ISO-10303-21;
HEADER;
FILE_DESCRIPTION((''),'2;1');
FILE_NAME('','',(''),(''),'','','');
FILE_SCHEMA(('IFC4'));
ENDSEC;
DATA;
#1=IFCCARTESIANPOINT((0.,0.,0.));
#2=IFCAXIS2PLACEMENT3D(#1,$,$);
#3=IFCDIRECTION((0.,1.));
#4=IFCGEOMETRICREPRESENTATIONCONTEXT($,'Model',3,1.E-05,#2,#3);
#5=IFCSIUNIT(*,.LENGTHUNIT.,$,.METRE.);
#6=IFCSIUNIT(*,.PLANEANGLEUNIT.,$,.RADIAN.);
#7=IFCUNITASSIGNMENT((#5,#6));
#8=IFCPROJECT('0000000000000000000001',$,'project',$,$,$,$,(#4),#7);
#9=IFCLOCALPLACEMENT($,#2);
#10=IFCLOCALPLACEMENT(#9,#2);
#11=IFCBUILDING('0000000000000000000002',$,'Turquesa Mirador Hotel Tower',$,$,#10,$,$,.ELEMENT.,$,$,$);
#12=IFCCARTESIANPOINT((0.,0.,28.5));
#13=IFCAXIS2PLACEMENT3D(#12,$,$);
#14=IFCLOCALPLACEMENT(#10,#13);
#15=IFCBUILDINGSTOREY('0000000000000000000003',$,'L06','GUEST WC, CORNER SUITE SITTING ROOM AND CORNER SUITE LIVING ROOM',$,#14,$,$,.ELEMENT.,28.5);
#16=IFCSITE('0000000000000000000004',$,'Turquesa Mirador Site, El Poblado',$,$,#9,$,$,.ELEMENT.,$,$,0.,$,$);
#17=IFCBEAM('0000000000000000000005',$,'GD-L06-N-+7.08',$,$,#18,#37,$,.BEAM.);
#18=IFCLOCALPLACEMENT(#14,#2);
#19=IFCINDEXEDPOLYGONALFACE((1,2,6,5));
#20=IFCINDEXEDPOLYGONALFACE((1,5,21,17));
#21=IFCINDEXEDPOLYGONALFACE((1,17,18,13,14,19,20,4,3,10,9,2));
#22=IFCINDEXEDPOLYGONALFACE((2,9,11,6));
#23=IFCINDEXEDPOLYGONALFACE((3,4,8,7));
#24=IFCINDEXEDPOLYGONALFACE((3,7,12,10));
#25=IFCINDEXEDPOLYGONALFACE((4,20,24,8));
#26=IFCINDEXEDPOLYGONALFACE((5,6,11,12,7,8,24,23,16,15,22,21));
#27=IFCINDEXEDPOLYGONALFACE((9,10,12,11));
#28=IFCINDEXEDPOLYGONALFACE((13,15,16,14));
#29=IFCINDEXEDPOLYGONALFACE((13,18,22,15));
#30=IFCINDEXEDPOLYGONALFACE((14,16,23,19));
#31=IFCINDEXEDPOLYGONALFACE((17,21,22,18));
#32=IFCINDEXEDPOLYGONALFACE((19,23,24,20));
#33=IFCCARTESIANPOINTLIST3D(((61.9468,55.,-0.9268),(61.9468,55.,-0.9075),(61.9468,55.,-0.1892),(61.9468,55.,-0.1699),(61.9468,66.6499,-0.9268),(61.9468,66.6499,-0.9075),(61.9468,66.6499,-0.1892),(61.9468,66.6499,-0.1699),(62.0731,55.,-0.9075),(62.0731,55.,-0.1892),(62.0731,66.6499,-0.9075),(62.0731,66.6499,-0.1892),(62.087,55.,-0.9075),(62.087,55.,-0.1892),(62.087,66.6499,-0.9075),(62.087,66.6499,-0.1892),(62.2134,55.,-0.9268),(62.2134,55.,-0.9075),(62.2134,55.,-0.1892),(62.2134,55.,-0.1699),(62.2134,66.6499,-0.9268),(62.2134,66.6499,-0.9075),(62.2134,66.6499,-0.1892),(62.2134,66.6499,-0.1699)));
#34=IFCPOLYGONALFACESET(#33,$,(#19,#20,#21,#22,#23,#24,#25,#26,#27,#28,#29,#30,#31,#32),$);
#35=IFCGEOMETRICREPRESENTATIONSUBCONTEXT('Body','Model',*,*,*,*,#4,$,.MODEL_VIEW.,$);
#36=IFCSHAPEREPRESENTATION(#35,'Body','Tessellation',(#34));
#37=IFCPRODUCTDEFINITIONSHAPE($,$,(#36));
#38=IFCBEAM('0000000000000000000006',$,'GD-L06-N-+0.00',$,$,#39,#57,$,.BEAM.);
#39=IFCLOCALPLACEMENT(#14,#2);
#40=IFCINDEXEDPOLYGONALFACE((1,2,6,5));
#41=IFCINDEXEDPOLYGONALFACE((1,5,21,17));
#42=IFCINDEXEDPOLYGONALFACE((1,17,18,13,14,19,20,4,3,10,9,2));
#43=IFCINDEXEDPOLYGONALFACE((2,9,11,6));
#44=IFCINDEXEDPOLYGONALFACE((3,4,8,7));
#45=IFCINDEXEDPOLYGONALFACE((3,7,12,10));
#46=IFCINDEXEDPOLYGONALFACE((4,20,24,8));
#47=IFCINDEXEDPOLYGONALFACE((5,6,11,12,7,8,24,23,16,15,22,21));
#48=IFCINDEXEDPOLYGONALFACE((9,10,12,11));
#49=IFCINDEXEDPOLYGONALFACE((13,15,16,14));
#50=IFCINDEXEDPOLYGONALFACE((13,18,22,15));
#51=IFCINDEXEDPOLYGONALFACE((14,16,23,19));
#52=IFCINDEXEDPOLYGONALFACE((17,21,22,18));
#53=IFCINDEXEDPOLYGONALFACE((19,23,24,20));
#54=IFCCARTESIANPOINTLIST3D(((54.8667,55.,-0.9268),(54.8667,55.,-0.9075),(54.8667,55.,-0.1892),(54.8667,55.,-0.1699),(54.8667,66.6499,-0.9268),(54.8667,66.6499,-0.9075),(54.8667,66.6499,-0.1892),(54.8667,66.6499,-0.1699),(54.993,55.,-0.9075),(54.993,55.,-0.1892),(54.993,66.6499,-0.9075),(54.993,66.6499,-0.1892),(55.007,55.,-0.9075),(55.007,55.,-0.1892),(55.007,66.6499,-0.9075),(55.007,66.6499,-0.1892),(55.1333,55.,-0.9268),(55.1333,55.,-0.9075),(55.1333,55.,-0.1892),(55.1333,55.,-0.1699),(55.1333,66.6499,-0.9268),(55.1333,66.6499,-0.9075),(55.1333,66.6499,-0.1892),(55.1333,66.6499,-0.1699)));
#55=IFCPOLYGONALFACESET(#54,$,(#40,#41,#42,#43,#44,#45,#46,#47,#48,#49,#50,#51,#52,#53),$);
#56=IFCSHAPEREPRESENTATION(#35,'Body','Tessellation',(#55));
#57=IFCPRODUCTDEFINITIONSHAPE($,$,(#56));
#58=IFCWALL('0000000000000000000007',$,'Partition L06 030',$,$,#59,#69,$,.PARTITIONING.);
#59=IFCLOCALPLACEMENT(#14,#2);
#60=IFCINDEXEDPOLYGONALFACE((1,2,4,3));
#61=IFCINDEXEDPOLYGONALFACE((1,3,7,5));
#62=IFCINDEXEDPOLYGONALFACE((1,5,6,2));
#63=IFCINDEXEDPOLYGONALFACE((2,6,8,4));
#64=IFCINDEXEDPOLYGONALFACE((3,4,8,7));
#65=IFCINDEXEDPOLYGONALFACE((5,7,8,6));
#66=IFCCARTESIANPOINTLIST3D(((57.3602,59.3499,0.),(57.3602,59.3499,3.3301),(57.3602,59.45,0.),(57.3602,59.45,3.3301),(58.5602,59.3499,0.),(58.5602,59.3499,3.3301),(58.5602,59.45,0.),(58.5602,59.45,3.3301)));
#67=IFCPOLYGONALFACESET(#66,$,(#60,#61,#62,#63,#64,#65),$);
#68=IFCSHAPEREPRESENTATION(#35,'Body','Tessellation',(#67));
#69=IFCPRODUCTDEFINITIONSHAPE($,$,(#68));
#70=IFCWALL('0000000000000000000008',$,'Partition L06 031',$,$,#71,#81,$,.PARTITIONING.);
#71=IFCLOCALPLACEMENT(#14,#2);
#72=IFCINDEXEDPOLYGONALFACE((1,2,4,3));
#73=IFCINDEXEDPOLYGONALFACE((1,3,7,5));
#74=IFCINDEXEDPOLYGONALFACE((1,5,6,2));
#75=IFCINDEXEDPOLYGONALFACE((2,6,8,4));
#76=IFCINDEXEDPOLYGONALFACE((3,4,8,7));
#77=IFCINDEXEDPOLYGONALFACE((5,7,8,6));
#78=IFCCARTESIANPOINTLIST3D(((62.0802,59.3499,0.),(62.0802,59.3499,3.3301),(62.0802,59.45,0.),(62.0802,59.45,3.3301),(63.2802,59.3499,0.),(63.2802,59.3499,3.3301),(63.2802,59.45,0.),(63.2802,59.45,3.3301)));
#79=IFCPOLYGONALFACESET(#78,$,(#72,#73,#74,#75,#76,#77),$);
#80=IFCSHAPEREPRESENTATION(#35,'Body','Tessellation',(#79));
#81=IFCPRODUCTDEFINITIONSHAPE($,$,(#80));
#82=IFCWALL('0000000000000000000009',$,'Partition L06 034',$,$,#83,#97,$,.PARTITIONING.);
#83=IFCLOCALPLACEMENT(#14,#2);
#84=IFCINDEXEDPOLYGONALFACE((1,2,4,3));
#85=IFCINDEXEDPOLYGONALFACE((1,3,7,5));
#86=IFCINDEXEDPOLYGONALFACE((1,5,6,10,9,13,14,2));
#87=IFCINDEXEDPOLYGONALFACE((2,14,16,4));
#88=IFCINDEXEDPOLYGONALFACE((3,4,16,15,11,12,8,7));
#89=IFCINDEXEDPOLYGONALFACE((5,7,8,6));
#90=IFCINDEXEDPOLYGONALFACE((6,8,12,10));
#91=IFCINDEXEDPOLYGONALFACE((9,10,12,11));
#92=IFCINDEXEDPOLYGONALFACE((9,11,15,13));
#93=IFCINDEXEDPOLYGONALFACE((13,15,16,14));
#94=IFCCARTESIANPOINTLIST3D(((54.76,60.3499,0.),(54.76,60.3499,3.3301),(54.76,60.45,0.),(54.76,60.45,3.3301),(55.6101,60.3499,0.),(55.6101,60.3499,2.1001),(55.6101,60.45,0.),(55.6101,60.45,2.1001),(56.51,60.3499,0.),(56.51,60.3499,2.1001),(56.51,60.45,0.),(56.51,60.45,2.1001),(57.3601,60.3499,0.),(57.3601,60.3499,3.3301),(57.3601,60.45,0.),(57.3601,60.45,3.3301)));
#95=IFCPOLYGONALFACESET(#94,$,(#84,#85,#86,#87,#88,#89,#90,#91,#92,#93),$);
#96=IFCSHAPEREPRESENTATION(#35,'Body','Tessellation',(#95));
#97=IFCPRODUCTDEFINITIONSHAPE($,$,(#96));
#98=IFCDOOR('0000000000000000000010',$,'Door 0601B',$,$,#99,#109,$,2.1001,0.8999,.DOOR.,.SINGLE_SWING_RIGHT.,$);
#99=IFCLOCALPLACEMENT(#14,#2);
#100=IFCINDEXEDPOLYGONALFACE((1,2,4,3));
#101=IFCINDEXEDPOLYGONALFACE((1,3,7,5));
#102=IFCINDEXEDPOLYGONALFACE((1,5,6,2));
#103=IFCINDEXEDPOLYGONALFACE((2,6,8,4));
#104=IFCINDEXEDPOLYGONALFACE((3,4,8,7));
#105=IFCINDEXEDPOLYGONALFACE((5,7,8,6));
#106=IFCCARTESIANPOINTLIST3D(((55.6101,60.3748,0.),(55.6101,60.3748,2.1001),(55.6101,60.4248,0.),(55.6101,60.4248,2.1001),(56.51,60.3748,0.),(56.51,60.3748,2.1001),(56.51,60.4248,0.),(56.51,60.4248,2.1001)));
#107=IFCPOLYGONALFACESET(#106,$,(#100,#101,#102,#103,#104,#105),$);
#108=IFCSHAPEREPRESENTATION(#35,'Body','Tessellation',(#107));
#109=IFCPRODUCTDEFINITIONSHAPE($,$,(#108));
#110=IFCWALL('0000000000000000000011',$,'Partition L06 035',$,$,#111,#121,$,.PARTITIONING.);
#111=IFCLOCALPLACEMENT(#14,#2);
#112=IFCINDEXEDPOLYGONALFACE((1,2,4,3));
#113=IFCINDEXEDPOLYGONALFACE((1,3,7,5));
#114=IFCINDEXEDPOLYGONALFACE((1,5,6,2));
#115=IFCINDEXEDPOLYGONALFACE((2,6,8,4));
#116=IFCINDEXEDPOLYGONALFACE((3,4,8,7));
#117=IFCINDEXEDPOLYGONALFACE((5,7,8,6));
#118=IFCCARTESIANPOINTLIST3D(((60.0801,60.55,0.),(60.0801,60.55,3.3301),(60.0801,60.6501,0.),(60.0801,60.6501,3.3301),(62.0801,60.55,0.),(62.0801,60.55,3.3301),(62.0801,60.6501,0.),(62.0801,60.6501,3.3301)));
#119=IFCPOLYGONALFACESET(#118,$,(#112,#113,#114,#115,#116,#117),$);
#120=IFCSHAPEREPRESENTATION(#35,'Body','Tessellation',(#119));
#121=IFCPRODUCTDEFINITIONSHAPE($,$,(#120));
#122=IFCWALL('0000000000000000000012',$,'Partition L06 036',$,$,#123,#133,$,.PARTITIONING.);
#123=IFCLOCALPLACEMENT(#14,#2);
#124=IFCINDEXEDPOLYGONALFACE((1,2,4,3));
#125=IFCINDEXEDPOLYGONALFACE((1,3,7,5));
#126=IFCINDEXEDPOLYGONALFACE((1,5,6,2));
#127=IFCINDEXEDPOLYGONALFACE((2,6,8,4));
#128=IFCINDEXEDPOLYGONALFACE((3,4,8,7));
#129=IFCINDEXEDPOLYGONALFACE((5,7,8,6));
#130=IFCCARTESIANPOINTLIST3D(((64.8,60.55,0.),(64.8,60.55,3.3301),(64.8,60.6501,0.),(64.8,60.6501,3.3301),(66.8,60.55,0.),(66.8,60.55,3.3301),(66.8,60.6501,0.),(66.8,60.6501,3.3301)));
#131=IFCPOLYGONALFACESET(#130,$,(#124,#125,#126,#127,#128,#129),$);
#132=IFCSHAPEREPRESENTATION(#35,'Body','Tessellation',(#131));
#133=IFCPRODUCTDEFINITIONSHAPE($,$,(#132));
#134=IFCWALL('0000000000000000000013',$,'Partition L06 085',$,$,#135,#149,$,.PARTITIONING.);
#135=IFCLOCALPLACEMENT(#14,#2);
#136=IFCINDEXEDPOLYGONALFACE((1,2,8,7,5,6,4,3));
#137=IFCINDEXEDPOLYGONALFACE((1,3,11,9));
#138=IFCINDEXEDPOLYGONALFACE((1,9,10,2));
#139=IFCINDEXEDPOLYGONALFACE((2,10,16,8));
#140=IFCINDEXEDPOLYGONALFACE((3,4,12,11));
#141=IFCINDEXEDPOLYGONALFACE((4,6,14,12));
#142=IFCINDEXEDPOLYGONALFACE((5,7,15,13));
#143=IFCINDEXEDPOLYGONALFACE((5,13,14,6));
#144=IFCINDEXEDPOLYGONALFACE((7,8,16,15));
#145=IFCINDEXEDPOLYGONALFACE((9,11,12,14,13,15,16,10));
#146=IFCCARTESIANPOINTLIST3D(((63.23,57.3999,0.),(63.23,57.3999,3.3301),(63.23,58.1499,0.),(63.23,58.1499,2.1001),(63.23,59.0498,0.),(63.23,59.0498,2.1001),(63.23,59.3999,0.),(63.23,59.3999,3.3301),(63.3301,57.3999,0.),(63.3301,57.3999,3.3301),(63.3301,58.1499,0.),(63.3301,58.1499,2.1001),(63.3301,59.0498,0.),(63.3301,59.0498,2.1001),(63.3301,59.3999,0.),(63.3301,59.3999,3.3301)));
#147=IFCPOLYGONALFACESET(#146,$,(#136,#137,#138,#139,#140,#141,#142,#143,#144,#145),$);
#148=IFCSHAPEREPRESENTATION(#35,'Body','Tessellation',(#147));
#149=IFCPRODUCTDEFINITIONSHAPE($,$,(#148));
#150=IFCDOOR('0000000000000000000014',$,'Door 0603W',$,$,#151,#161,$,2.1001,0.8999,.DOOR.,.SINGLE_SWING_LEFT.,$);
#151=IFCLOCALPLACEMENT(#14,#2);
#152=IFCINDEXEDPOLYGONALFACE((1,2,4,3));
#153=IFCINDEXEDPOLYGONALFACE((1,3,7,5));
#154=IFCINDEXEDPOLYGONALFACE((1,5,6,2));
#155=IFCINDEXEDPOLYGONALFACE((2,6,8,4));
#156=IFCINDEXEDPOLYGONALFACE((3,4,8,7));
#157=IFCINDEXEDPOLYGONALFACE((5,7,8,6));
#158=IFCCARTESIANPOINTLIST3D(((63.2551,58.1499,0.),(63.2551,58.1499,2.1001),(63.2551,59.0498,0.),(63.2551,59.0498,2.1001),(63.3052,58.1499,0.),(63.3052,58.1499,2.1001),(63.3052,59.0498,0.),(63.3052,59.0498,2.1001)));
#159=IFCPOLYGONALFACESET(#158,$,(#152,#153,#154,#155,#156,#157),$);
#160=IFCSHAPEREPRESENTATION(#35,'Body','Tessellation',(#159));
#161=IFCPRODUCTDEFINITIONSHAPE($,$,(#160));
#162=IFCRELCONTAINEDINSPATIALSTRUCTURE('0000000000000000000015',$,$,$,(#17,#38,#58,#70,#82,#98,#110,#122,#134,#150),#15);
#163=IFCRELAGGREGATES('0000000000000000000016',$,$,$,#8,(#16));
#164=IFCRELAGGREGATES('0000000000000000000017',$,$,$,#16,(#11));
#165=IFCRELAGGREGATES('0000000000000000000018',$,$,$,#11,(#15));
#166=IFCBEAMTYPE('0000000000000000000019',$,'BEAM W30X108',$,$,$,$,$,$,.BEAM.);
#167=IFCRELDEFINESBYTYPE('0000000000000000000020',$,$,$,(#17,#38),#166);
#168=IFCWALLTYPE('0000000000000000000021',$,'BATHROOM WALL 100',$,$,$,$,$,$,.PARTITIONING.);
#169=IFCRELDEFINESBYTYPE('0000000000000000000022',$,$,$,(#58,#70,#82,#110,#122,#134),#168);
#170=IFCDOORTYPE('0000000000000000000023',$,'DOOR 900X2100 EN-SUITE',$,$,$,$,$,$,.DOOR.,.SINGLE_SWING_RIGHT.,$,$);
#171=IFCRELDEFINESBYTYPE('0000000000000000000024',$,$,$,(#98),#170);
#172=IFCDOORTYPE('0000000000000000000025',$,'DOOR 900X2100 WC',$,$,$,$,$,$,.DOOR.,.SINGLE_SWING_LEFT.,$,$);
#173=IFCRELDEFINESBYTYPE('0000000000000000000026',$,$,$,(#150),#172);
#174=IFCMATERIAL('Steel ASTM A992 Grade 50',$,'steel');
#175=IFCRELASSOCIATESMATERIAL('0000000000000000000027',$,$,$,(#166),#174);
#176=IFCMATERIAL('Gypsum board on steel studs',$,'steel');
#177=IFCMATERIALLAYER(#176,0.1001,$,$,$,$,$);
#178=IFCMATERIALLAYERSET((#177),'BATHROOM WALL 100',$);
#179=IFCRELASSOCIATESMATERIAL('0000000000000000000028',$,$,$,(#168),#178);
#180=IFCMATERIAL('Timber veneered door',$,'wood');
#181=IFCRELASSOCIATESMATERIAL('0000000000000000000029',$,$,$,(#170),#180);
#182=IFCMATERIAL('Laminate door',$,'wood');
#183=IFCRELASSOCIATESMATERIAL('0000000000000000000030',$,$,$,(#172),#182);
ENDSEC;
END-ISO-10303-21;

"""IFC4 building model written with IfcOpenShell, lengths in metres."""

from ifc_helpers import new_model, si_unit, direction, frame, frame_2d, origin, origin_2d, place, context, subcontext, project, spatial, rectangle, i_section, extrude, material, layer, layer_set, material_profile, profile_set, type_object, element, fill, save


model = new_model("IFC4")

# Units and contexts
model_context = context("Model", 3, precision=1e-05, world=origin(), true_north=direction((0.0, 1.0)))
body_context = subcontext(model_context, "Body", "Model", "MODEL_VIEW")
ifc_project = project(units=[si_unit("LENGTHUNIT", "METRE"), si_unit("PLANEANGLEUNIT", "RADIAN")], contexts=[model_context])

# Site, building, storey
site_placement = place(None, origin())
site = spatial("IfcSite", under=ifc_project, at=site_placement, Name="Turquesa Mirador Site, El Poblado", CompositionType="ELEMENT", RefElevation=0.0)
building_placement = place(site_placement, origin())
building = spatial("IfcBuilding", under=site, at=building_placement, Name="Turquesa Mirador Hotel Tower", CompositionType="ELEMENT")
storey_placement = place(building_placement, frame((0.0, 0.0, 28.5)))
storey = spatial("IfcBuildingStorey", under=building, at=storey_placement, Name="L06", Description="GUEST WC, CORNER SUITE SITTING ROOM AND CORNER SUITE LIVING ROOM", CompositionType="ELEMENT", Elevation=28.5)

# Beams
ifc_material_1 = material(Name="Steel ASTM A992 Grade 50", Category="steel")
ifc_material_profile_1 = material_profile(ifc_material_1, i_section(OverallWidth=0.2666, OverallDepth=0.7568, WebThickness=0.0139, FlangeThickness=0.0193, at=origin_2d()), Name="W30X108")
ifc_profile_set_1 = profile_set([ifc_material_profile_1], Name="Steel ASTM A992 Grade 50")
beam_type_1 = type_object("IfcBeamType", Name="BEAM W30X108", PredefinedType="BEAM", material=ifc_profile_set_1)
for number, where, z_axis, x_axis, name in (
    (1, (62.0801, 66.6499, -0.5483), (0.0, -1.0, 0.0), (1.0, 0.0, 0.0), "GD-L06-N-+7.08"),
    (2, (55.0, 66.6499, -0.5483), (0.0, -1.0, 0.0), (1.0, 0.0, 0.0), "GD-L06-N-+0.00"),
):
    element("IfcBeam", number, at=place(storey_placement, frame(where, z_axis=z_axis, x_axis=x_axis)), inside=storey, type_object=beam_type_1, Name=name, PredefinedType="BEAM", context=body_context, shape_type="SweptSolid", body=[
        extrude(i_section(OverallWidth=0.2666, OverallDepth=0.7568, WebThickness=0.0139, FlangeThickness=0.0193, at=origin_2d()), origin(), (0.0, 0.0, 1.0), 11.6499),
    ])

# Walls
ifc_material_2 = material(Name="Gypsum board on steel studs", Category="steel")
ifc_layer = layer(ifc_material_2, 0.1001)
ifc_layer_set = layer_set([ifc_layer], Name="BATHROOM WALL 100")
wall_type = type_object("IfcWallType", Name="BATHROOM WALL 100", PredefinedType="PARTITIONING", material=ifc_layer_set)
for number, where, z_axis, x_axis, name in (
    (3, (57.3601, 59.3999, 0.0), (0.0, 0.0, 1.0), (1.0, 0.0, 0.0), "Partition L06 030"),
    (4, (62.0801, 59.3999, 0.0), (0.0, 0.0, 1.0), (1.0, 0.0, 0.0), "Partition L06 031"),
):
    element("IfcWall", number, at=place(storey_placement, frame(where, z_axis=z_axis, x_axis=x_axis)), inside=storey, type_object=wall_type, Name=name, PredefinedType="PARTITIONING", context=body_context, shape_type="SweptSolid", body=[
        extrude(rectangle(XDim=1.2, YDim=0.1001, at=frame_2d((0.6001, 0.0))), origin(), (0.0, 0.0, 1.0), 3.3301),
    ])

# Wall, opening, door
wall_1_placement = place(storey_placement, frame((54.76, 60.3999, 0.0), z_axis=(0.0, 0.0, 1.0), x_axis=(1.0, 0.0, 0.0)))
wall_1 = element("IfcWall", 5, at=wall_1_placement, inside=storey, type_object=wall_type, Name="Partition L06 034", PredefinedType="PARTITIONING", context=body_context, shape_type="SweptSolid", body=[
    extrude(rectangle(XDim=2.6001, YDim=0.1001, at=frame_2d((1.3, 0.0))), origin(), (0.0, 0.0, 1.0), 3.3301),
])
opening_1_placement = place(wall_1_placement, frame((0.8501, 0.0, 0.0)))
opening_1 = element("IfcOpeningElement", 6, at=opening_1_placement, cuts=wall_1, PredefinedType="OPENING", context=body_context, shape_type="SweptSolid", body=[
    extrude(rectangle(XDim=0.8999, YDim=2.1001, at=frame_2d((0.45, 1.05))), frame((0.0, 0.0601, 0.0), z_axis=(0.0, -1.0, 0.0), x_axis=(1.0, 0.0, 0.0)), (0.0, 0.0, 1.0), 0.1201),
])
ifc_material_3 = material(Name="Timber veneered door", Category="wood")
door_type_1 = type_object("IfcDoorType", Name="DOOR 900X2100 EN-SUITE", OperationType="SINGLE_SWING_RIGHT", PredefinedType="DOOR", material=ifc_material_3)
door_1_placement = place(opening_1_placement, origin())
door_1 = element("IfcDoor", 7, at=door_1_placement, inside=storey, type_object=door_type_1, Name="Door 0601B", OperationType="SINGLE_SWING_RIGHT", OverallHeight=2.1001, OverallWidth=0.8999, PredefinedType="DOOR", context=body_context, shape_type="SweptSolid", body=[
    extrude(rectangle(XDim=0.8999, YDim=2.1001, at=frame_2d((0.45, 1.05))), frame((0.0, 0.0249, 0.0), z_axis=(0.0, -1.0, 0.0), x_axis=(1.0, 0.0, 0.0)), (0.0, 0.0, 1.0), 0.05),
])
fill(opening_1, door_1)

# Walls
for number, where, z_axis, x_axis, name in (
    (8, (60.0801, 60.6001, 0.0), (0.0, 0.0, 1.0), (1.0, 0.0, 0.0), "Partition L06 035"),
    (9, (64.8, 60.6001, 0.0), (0.0, 0.0, 1.0), (1.0, 0.0, 0.0), "Partition L06 036"),
):
    element("IfcWall", number, at=place(storey_placement, frame(where, z_axis=z_axis, x_axis=x_axis)), inside=storey, type_object=wall_type, Name=name, PredefinedType="PARTITIONING", context=body_context, shape_type="SweptSolid", body=[
        extrude(rectangle(XDim=2.0, YDim=0.1001, at=frame_2d((1.0, 0.0))), origin(), (0.0, 0.0, 1.0), 3.3301),
    ])

# Wall, opening, door
wall_2_placement = place(storey_placement, frame((63.28, 57.3999, 0.0), z_axis=(0.0, 0.0, 1.0), x_axis=(0.0, 1.0, 0.0)))
wall_2 = element("IfcWall", 10, at=wall_2_placement, inside=storey, type_object=wall_type, Name="Partition L06 085", PredefinedType="PARTITIONING", context=body_context, shape_type="SweptSolid", body=[
    extrude(rectangle(XDim=2.0, YDim=0.1001, at=frame_2d((1.0, 0.0))), origin(), (0.0, 0.0, 1.0), 3.3301),
])
opening_2_placement = place(wall_2_placement, frame((0.75, 0.0, 0.0)))
opening_2 = element("IfcOpeningElement", 11, at=opening_2_placement, cuts=wall_2, PredefinedType="OPENING", context=body_context, shape_type="SweptSolid", body=[
    extrude(rectangle(XDim=0.8999, YDim=2.1001, at=frame_2d((0.45, 1.05))), frame((0.0, 0.0601, 0.0), z_axis=(0.0, -1.0, 0.0), x_axis=(1.0, 0.0, 0.0)), (0.0, 0.0, 1.0), 0.1201),
])
ifc_material_4 = material(Name="Laminate door", Category="wood")
door_type_2 = type_object("IfcDoorType", Name="DOOR 900X2100 WC", OperationType="SINGLE_SWING_LEFT", PredefinedType="DOOR", material=ifc_material_4)
door_2_placement = place(opening_2_placement, origin())
door_2 = element("IfcDoor", 12, at=door_2_placement, inside=storey, type_object=door_type_2, Name="Door 0603W", OperationType="SINGLE_SWING_LEFT", OverallHeight=2.1001, OverallWidth=0.8999, PredefinedType="DOOR", context=body_context, shape_type="SweptSolid", body=[
    extrude(rectangle(XDim=0.8999, YDim=2.1001, at=frame_2d((0.45, 1.05))), frame((0.0, 0.0249, 0.0), z_axis=(0.0, -1.0, 0.0), x_axis=(1.0, 0.0, 0.0)), (0.0, 0.0, 1.0), 0.05),
])
fill(opening_2, door_2)

save(model, "model.ifc")
